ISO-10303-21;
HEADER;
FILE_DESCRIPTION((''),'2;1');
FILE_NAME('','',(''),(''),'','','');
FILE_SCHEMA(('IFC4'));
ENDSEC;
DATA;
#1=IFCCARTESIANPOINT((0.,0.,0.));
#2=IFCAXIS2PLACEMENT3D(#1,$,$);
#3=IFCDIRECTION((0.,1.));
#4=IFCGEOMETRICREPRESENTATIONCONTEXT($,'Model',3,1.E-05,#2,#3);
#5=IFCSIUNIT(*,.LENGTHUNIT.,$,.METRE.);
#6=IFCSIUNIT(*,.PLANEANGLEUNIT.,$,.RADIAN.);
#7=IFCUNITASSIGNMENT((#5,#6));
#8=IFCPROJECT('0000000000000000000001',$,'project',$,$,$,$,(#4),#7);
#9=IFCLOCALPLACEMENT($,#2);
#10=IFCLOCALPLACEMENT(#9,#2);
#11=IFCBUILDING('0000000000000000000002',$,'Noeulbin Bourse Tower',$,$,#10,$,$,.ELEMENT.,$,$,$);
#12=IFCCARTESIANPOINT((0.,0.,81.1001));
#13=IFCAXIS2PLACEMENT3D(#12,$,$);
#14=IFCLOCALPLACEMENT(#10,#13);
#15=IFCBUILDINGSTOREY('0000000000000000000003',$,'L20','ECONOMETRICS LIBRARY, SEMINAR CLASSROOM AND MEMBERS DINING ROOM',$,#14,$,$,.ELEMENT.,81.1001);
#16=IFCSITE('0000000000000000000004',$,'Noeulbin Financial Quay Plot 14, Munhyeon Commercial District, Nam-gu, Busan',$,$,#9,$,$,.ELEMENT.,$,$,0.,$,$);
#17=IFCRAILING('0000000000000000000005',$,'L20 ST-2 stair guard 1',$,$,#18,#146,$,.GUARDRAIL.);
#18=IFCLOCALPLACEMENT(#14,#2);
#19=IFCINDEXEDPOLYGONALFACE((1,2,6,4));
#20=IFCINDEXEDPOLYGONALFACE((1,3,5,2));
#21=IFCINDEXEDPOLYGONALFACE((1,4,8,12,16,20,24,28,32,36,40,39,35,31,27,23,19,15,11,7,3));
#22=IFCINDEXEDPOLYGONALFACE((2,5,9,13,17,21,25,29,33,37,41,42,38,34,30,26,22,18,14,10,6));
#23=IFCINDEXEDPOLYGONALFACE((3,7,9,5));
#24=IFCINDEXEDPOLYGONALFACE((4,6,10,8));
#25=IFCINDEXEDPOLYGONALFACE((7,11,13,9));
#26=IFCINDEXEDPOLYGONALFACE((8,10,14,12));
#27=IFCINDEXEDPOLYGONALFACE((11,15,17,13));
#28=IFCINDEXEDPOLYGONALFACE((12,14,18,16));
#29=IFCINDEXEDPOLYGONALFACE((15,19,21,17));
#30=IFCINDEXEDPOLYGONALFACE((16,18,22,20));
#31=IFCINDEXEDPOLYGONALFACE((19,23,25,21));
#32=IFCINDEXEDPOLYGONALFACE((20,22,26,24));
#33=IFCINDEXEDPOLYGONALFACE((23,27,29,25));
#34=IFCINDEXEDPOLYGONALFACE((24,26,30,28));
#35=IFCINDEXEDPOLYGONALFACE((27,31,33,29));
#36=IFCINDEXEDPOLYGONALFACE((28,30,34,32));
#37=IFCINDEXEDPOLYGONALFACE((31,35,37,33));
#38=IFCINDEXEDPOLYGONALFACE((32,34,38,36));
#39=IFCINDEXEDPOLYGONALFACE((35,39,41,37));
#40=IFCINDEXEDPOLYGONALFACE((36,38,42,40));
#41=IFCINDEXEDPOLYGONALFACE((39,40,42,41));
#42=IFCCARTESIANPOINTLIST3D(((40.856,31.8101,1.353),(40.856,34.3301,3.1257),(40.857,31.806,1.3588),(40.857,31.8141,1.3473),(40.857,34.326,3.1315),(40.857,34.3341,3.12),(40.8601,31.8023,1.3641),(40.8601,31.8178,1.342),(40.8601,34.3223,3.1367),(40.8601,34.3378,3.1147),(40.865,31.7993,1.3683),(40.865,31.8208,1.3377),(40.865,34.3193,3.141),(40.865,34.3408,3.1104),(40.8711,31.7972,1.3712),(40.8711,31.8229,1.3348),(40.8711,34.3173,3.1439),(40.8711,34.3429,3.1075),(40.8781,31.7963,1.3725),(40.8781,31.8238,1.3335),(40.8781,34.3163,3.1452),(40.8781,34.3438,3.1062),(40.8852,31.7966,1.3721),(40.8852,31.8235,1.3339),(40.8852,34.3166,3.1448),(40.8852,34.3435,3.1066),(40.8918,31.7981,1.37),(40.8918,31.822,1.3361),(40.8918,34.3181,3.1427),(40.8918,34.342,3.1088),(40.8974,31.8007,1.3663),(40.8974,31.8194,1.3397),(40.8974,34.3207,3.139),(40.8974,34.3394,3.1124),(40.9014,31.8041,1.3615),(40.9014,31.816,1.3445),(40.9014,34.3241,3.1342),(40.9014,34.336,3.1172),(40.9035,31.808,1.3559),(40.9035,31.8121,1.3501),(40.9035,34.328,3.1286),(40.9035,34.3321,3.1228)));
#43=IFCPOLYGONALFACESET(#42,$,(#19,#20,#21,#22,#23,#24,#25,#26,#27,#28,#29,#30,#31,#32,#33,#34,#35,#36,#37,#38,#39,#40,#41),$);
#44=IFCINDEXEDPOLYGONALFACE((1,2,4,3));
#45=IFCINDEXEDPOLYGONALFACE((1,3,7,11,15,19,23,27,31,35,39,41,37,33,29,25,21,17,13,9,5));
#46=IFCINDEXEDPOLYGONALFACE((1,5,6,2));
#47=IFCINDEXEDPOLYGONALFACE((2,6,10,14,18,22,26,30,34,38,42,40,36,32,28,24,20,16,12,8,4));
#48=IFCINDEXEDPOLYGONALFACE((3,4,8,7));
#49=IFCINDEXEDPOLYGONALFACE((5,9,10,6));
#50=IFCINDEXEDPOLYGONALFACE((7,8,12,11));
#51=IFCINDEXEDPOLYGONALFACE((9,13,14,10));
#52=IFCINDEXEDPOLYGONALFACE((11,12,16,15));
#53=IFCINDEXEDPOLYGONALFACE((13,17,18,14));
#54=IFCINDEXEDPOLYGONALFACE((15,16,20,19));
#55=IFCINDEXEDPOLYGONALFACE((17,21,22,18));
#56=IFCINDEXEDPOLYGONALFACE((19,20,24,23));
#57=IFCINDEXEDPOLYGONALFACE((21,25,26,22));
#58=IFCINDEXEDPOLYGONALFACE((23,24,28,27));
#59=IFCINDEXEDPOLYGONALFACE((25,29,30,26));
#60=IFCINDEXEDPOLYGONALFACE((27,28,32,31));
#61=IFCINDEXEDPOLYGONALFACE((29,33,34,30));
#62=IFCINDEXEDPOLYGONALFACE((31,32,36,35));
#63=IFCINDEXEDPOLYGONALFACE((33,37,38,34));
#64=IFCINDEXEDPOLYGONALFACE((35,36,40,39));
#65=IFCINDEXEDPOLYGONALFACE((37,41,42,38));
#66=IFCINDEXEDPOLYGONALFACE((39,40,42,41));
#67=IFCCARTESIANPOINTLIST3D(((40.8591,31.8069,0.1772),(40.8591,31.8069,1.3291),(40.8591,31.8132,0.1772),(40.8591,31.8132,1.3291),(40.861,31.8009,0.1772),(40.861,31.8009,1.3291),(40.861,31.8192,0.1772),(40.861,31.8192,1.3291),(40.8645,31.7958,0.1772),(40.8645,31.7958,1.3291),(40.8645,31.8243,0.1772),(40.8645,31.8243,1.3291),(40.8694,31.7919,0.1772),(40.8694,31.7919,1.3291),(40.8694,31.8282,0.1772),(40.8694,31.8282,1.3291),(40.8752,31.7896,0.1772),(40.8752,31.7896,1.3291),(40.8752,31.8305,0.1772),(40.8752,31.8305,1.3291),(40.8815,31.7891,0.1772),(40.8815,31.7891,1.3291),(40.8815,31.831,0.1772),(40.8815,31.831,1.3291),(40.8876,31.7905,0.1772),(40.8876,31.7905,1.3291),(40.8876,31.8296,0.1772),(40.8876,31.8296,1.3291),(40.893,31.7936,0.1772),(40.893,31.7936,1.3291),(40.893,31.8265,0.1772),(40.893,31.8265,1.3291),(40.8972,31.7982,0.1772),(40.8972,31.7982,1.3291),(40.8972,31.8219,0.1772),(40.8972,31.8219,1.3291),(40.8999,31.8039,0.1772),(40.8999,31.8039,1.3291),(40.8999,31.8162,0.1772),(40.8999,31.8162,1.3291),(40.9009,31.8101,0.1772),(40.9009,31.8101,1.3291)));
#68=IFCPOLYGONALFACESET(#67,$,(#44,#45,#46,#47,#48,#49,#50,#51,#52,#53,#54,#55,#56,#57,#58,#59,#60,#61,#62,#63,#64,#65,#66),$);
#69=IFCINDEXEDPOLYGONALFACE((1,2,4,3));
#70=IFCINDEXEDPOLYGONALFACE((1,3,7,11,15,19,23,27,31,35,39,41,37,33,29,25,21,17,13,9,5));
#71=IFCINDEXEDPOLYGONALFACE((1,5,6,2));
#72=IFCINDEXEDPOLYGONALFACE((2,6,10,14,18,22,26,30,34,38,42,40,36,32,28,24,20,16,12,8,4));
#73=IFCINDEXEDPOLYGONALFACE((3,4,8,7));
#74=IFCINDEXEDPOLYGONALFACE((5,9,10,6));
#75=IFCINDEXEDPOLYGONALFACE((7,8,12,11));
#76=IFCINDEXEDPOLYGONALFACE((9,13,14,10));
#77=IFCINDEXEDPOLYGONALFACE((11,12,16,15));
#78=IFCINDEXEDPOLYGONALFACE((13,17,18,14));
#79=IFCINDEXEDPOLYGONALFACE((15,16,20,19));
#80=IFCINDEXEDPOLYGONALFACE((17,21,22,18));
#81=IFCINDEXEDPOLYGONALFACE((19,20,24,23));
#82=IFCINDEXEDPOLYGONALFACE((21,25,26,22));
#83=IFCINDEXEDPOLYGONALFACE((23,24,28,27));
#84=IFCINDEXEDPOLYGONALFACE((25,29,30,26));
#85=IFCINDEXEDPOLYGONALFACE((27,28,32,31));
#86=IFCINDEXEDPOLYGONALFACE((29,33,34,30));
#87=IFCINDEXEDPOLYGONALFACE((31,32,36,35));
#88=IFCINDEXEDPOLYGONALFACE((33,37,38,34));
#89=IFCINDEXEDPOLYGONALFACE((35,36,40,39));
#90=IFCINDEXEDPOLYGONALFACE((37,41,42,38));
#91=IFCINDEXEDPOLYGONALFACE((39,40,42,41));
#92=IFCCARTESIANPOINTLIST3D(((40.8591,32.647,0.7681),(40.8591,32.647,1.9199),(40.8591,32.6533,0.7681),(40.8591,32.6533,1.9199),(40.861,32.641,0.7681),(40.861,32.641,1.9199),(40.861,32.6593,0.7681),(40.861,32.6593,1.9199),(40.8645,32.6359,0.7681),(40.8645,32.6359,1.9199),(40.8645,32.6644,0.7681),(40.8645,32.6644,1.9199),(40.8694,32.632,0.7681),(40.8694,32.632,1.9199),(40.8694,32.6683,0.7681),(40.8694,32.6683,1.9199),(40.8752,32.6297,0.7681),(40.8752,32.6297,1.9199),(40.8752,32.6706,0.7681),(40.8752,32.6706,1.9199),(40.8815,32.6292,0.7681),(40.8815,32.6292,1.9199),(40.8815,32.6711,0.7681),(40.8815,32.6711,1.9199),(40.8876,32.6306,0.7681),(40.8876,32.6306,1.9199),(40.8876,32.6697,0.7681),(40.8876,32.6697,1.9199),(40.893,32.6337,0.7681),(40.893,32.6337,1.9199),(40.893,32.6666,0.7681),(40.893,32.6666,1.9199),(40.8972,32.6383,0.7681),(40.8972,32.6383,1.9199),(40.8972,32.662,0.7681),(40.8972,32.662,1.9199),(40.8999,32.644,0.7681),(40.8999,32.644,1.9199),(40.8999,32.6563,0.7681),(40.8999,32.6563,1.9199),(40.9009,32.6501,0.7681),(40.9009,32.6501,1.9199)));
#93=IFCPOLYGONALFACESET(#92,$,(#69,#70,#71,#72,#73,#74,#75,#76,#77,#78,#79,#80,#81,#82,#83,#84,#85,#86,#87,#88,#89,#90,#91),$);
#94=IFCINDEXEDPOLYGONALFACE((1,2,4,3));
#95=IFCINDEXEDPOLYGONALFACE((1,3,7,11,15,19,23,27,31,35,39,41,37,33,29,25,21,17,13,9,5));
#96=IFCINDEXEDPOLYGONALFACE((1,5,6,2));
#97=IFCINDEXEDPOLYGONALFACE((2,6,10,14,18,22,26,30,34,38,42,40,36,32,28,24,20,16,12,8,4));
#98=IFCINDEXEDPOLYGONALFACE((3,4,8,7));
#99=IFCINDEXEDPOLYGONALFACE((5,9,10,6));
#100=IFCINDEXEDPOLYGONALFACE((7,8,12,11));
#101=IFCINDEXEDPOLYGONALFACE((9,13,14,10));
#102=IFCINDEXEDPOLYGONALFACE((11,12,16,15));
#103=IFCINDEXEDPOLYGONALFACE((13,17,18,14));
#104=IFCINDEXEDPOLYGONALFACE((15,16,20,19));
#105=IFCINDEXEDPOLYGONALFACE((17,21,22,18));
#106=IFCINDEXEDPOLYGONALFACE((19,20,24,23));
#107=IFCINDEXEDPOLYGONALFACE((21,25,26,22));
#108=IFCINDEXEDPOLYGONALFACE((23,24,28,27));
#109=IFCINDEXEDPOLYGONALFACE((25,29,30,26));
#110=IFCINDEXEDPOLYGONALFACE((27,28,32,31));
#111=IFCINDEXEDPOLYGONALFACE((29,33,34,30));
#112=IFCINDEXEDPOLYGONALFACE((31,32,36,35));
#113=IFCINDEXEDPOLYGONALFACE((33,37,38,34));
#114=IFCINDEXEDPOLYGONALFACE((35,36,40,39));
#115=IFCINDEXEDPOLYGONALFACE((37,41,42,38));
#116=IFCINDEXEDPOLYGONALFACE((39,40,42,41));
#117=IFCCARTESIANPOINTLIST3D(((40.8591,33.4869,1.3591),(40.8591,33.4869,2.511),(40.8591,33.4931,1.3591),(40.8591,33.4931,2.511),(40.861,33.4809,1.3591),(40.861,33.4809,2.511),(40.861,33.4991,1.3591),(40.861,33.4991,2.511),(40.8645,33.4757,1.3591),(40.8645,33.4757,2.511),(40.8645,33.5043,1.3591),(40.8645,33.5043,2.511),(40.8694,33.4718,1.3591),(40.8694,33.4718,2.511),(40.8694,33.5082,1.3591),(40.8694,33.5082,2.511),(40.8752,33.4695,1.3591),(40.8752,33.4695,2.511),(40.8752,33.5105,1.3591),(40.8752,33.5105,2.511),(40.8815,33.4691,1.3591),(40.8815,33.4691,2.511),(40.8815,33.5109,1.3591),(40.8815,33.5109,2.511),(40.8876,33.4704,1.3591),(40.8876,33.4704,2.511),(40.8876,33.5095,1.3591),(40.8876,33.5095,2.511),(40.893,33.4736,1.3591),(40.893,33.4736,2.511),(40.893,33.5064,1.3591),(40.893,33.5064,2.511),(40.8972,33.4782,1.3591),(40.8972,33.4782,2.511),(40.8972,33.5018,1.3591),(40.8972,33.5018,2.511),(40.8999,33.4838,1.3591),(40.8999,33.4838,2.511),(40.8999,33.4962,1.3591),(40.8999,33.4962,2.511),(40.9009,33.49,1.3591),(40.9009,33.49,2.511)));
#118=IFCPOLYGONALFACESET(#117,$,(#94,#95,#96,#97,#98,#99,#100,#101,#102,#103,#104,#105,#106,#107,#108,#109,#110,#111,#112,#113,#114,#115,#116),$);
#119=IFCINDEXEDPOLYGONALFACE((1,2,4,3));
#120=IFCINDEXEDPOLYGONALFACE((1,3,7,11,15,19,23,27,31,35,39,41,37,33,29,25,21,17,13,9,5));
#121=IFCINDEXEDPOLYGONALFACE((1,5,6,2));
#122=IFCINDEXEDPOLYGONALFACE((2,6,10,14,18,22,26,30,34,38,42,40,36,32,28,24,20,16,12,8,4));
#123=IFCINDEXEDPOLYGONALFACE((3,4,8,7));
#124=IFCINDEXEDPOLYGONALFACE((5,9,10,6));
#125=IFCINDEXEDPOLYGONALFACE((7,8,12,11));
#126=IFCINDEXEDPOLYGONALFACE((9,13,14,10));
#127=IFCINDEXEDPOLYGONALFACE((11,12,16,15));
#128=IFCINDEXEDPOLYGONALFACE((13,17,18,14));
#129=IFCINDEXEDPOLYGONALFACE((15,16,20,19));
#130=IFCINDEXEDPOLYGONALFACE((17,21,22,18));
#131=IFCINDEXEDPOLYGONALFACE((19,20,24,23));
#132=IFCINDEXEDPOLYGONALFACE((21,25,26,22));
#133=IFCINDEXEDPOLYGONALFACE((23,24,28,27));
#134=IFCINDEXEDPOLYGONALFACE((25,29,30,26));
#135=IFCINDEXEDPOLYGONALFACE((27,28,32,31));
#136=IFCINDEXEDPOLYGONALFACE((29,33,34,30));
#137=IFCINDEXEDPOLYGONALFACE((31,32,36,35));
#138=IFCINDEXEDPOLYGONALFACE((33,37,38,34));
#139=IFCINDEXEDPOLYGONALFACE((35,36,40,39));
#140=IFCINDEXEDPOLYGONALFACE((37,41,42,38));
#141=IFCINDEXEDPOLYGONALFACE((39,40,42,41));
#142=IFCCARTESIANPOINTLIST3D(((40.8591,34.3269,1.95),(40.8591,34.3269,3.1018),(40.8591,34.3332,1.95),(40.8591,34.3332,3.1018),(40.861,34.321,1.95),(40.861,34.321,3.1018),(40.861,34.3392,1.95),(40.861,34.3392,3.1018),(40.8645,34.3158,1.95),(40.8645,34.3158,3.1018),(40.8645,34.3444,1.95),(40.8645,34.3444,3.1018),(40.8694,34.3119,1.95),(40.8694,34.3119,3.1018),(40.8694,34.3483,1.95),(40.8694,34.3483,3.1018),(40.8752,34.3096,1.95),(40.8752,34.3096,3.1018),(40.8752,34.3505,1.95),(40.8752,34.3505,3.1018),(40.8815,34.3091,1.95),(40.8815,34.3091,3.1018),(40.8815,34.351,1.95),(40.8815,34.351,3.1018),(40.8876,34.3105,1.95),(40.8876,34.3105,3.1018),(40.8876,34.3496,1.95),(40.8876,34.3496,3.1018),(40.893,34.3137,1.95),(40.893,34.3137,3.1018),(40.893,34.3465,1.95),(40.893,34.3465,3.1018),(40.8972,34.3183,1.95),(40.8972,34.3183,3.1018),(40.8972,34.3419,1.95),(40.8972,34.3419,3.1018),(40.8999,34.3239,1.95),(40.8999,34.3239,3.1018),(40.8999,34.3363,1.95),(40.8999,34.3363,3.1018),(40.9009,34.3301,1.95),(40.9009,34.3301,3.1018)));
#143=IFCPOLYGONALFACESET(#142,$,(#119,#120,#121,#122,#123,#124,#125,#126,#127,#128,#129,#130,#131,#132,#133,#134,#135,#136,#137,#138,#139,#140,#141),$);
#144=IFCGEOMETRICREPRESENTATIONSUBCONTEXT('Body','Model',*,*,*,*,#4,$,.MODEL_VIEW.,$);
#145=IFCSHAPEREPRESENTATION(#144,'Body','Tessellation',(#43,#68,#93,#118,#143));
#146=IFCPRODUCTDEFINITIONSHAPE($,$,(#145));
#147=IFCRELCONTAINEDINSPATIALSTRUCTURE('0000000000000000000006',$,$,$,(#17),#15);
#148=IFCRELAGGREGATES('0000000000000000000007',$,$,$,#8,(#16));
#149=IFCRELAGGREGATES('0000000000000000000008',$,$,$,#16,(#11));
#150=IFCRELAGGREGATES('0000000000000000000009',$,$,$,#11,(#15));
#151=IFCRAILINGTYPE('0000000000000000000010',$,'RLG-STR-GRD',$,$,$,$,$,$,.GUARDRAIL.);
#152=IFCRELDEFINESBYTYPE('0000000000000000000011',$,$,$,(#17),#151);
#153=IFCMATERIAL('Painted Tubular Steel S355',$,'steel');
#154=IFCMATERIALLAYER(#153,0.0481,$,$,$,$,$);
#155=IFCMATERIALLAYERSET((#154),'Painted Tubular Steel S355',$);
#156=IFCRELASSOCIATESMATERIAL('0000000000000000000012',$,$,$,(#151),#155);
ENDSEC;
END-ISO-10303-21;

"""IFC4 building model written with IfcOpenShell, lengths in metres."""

from ifc_helpers import new_model, si_unit, direction, frame, origin, origin_2d, place, context, subcontext, project, spatial, circle, extrude, material, layer, layer_set, type_object, element, save


model = new_model("IFC4")

# Units and contexts
model_context = context("Model", 3, precision=1e-05, world=origin(), true_north=direction((0.0, 1.0)))
body_context = subcontext(model_context, "Body", "Model", "MODEL_VIEW")
ifc_project = project(units=[si_unit("LENGTHUNIT", "METRE"), si_unit("PLANEANGLEUNIT", "RADIAN")], contexts=[model_context])

# Site, building, storey
site_placement = place(None, origin())
site = spatial("IfcSite", under=ifc_project, at=site_placement, Name="Noeulbin Financial Quay Plot 14, Munhyeon Commercial District, Nam-gu, Busan", CompositionType="ELEMENT", RefElevation=0.0)
building_placement = place(site_placement, origin())
building = spatial("IfcBuilding", under=site, at=building_placement, Name="Noeulbin Bourse Tower", CompositionType="ELEMENT")
storey_placement = place(building_placement, frame((0.0, 0.0, 81.1001)))
storey = spatial("IfcBuildingStorey", under=building, at=storey_placement, Name="L20", Description="ECONOMETRICS LIBRARY, SEMINAR CLASSROOM AND MEMBERS DINING ROOM", CompositionType="ELEMENT", Elevation=81.1001)

# Railing
ifc_material_1 = material(Name="Painted Tubular Steel S355", Category="steel")
ifc_layer_1 = layer(ifc_material_1, 0.0481)
ifc_layer_set_1 = layer_set([ifc_layer_1], Name="Painted Tubular Steel S355")
railing_type_1 = type_object("IfcRailingType", Name="RLG-STR-GRD", PredefinedType="GUARDRAIL", material=ifc_layer_set_1)
railing_1_placement = place(storey_placement, frame((40.8799, 31.8101, 0.1772)))
element("IfcRailing", 1, at=railing_1_placement, inside=storey, type_object=railing_type_1, Name="L20 ST-2 stair guard 1", PredefinedType="GUARDRAIL", context=body_context, shape_type="SweptSolid", body=[
    extrude(circle(Radius=0.0239, at=origin_2d()), frame((0.0, 0.0, 1.1758), z_axis=(0.0, 0.817904, 0.575354), x_axis=(-1.0, 0.0, 0.0)), (0.0, 0.0, 1.0), 3.0811),
    extrude(circle(Radius=0.021, at=origin_2d()), origin(), (0.0, 0.0, 1.0), 1.1519),
    extrude(circle(Radius=0.021, at=origin_2d()), frame((0.0, 0.8401, 0.5908)), (0.0, 0.0, 1.0), 1.1519),
    extrude(circle(Radius=0.021, at=origin_2d()), frame((0.0, 1.6799, 1.1819)), (0.0, 0.0, 1.0), 1.1519),
    extrude(circle(Radius=0.021, at=origin_2d()), frame((0.0, 2.52, 1.7727)), (0.0, 0.0, 1.0), 1.1519),
])

save(model, "model.ifc")
